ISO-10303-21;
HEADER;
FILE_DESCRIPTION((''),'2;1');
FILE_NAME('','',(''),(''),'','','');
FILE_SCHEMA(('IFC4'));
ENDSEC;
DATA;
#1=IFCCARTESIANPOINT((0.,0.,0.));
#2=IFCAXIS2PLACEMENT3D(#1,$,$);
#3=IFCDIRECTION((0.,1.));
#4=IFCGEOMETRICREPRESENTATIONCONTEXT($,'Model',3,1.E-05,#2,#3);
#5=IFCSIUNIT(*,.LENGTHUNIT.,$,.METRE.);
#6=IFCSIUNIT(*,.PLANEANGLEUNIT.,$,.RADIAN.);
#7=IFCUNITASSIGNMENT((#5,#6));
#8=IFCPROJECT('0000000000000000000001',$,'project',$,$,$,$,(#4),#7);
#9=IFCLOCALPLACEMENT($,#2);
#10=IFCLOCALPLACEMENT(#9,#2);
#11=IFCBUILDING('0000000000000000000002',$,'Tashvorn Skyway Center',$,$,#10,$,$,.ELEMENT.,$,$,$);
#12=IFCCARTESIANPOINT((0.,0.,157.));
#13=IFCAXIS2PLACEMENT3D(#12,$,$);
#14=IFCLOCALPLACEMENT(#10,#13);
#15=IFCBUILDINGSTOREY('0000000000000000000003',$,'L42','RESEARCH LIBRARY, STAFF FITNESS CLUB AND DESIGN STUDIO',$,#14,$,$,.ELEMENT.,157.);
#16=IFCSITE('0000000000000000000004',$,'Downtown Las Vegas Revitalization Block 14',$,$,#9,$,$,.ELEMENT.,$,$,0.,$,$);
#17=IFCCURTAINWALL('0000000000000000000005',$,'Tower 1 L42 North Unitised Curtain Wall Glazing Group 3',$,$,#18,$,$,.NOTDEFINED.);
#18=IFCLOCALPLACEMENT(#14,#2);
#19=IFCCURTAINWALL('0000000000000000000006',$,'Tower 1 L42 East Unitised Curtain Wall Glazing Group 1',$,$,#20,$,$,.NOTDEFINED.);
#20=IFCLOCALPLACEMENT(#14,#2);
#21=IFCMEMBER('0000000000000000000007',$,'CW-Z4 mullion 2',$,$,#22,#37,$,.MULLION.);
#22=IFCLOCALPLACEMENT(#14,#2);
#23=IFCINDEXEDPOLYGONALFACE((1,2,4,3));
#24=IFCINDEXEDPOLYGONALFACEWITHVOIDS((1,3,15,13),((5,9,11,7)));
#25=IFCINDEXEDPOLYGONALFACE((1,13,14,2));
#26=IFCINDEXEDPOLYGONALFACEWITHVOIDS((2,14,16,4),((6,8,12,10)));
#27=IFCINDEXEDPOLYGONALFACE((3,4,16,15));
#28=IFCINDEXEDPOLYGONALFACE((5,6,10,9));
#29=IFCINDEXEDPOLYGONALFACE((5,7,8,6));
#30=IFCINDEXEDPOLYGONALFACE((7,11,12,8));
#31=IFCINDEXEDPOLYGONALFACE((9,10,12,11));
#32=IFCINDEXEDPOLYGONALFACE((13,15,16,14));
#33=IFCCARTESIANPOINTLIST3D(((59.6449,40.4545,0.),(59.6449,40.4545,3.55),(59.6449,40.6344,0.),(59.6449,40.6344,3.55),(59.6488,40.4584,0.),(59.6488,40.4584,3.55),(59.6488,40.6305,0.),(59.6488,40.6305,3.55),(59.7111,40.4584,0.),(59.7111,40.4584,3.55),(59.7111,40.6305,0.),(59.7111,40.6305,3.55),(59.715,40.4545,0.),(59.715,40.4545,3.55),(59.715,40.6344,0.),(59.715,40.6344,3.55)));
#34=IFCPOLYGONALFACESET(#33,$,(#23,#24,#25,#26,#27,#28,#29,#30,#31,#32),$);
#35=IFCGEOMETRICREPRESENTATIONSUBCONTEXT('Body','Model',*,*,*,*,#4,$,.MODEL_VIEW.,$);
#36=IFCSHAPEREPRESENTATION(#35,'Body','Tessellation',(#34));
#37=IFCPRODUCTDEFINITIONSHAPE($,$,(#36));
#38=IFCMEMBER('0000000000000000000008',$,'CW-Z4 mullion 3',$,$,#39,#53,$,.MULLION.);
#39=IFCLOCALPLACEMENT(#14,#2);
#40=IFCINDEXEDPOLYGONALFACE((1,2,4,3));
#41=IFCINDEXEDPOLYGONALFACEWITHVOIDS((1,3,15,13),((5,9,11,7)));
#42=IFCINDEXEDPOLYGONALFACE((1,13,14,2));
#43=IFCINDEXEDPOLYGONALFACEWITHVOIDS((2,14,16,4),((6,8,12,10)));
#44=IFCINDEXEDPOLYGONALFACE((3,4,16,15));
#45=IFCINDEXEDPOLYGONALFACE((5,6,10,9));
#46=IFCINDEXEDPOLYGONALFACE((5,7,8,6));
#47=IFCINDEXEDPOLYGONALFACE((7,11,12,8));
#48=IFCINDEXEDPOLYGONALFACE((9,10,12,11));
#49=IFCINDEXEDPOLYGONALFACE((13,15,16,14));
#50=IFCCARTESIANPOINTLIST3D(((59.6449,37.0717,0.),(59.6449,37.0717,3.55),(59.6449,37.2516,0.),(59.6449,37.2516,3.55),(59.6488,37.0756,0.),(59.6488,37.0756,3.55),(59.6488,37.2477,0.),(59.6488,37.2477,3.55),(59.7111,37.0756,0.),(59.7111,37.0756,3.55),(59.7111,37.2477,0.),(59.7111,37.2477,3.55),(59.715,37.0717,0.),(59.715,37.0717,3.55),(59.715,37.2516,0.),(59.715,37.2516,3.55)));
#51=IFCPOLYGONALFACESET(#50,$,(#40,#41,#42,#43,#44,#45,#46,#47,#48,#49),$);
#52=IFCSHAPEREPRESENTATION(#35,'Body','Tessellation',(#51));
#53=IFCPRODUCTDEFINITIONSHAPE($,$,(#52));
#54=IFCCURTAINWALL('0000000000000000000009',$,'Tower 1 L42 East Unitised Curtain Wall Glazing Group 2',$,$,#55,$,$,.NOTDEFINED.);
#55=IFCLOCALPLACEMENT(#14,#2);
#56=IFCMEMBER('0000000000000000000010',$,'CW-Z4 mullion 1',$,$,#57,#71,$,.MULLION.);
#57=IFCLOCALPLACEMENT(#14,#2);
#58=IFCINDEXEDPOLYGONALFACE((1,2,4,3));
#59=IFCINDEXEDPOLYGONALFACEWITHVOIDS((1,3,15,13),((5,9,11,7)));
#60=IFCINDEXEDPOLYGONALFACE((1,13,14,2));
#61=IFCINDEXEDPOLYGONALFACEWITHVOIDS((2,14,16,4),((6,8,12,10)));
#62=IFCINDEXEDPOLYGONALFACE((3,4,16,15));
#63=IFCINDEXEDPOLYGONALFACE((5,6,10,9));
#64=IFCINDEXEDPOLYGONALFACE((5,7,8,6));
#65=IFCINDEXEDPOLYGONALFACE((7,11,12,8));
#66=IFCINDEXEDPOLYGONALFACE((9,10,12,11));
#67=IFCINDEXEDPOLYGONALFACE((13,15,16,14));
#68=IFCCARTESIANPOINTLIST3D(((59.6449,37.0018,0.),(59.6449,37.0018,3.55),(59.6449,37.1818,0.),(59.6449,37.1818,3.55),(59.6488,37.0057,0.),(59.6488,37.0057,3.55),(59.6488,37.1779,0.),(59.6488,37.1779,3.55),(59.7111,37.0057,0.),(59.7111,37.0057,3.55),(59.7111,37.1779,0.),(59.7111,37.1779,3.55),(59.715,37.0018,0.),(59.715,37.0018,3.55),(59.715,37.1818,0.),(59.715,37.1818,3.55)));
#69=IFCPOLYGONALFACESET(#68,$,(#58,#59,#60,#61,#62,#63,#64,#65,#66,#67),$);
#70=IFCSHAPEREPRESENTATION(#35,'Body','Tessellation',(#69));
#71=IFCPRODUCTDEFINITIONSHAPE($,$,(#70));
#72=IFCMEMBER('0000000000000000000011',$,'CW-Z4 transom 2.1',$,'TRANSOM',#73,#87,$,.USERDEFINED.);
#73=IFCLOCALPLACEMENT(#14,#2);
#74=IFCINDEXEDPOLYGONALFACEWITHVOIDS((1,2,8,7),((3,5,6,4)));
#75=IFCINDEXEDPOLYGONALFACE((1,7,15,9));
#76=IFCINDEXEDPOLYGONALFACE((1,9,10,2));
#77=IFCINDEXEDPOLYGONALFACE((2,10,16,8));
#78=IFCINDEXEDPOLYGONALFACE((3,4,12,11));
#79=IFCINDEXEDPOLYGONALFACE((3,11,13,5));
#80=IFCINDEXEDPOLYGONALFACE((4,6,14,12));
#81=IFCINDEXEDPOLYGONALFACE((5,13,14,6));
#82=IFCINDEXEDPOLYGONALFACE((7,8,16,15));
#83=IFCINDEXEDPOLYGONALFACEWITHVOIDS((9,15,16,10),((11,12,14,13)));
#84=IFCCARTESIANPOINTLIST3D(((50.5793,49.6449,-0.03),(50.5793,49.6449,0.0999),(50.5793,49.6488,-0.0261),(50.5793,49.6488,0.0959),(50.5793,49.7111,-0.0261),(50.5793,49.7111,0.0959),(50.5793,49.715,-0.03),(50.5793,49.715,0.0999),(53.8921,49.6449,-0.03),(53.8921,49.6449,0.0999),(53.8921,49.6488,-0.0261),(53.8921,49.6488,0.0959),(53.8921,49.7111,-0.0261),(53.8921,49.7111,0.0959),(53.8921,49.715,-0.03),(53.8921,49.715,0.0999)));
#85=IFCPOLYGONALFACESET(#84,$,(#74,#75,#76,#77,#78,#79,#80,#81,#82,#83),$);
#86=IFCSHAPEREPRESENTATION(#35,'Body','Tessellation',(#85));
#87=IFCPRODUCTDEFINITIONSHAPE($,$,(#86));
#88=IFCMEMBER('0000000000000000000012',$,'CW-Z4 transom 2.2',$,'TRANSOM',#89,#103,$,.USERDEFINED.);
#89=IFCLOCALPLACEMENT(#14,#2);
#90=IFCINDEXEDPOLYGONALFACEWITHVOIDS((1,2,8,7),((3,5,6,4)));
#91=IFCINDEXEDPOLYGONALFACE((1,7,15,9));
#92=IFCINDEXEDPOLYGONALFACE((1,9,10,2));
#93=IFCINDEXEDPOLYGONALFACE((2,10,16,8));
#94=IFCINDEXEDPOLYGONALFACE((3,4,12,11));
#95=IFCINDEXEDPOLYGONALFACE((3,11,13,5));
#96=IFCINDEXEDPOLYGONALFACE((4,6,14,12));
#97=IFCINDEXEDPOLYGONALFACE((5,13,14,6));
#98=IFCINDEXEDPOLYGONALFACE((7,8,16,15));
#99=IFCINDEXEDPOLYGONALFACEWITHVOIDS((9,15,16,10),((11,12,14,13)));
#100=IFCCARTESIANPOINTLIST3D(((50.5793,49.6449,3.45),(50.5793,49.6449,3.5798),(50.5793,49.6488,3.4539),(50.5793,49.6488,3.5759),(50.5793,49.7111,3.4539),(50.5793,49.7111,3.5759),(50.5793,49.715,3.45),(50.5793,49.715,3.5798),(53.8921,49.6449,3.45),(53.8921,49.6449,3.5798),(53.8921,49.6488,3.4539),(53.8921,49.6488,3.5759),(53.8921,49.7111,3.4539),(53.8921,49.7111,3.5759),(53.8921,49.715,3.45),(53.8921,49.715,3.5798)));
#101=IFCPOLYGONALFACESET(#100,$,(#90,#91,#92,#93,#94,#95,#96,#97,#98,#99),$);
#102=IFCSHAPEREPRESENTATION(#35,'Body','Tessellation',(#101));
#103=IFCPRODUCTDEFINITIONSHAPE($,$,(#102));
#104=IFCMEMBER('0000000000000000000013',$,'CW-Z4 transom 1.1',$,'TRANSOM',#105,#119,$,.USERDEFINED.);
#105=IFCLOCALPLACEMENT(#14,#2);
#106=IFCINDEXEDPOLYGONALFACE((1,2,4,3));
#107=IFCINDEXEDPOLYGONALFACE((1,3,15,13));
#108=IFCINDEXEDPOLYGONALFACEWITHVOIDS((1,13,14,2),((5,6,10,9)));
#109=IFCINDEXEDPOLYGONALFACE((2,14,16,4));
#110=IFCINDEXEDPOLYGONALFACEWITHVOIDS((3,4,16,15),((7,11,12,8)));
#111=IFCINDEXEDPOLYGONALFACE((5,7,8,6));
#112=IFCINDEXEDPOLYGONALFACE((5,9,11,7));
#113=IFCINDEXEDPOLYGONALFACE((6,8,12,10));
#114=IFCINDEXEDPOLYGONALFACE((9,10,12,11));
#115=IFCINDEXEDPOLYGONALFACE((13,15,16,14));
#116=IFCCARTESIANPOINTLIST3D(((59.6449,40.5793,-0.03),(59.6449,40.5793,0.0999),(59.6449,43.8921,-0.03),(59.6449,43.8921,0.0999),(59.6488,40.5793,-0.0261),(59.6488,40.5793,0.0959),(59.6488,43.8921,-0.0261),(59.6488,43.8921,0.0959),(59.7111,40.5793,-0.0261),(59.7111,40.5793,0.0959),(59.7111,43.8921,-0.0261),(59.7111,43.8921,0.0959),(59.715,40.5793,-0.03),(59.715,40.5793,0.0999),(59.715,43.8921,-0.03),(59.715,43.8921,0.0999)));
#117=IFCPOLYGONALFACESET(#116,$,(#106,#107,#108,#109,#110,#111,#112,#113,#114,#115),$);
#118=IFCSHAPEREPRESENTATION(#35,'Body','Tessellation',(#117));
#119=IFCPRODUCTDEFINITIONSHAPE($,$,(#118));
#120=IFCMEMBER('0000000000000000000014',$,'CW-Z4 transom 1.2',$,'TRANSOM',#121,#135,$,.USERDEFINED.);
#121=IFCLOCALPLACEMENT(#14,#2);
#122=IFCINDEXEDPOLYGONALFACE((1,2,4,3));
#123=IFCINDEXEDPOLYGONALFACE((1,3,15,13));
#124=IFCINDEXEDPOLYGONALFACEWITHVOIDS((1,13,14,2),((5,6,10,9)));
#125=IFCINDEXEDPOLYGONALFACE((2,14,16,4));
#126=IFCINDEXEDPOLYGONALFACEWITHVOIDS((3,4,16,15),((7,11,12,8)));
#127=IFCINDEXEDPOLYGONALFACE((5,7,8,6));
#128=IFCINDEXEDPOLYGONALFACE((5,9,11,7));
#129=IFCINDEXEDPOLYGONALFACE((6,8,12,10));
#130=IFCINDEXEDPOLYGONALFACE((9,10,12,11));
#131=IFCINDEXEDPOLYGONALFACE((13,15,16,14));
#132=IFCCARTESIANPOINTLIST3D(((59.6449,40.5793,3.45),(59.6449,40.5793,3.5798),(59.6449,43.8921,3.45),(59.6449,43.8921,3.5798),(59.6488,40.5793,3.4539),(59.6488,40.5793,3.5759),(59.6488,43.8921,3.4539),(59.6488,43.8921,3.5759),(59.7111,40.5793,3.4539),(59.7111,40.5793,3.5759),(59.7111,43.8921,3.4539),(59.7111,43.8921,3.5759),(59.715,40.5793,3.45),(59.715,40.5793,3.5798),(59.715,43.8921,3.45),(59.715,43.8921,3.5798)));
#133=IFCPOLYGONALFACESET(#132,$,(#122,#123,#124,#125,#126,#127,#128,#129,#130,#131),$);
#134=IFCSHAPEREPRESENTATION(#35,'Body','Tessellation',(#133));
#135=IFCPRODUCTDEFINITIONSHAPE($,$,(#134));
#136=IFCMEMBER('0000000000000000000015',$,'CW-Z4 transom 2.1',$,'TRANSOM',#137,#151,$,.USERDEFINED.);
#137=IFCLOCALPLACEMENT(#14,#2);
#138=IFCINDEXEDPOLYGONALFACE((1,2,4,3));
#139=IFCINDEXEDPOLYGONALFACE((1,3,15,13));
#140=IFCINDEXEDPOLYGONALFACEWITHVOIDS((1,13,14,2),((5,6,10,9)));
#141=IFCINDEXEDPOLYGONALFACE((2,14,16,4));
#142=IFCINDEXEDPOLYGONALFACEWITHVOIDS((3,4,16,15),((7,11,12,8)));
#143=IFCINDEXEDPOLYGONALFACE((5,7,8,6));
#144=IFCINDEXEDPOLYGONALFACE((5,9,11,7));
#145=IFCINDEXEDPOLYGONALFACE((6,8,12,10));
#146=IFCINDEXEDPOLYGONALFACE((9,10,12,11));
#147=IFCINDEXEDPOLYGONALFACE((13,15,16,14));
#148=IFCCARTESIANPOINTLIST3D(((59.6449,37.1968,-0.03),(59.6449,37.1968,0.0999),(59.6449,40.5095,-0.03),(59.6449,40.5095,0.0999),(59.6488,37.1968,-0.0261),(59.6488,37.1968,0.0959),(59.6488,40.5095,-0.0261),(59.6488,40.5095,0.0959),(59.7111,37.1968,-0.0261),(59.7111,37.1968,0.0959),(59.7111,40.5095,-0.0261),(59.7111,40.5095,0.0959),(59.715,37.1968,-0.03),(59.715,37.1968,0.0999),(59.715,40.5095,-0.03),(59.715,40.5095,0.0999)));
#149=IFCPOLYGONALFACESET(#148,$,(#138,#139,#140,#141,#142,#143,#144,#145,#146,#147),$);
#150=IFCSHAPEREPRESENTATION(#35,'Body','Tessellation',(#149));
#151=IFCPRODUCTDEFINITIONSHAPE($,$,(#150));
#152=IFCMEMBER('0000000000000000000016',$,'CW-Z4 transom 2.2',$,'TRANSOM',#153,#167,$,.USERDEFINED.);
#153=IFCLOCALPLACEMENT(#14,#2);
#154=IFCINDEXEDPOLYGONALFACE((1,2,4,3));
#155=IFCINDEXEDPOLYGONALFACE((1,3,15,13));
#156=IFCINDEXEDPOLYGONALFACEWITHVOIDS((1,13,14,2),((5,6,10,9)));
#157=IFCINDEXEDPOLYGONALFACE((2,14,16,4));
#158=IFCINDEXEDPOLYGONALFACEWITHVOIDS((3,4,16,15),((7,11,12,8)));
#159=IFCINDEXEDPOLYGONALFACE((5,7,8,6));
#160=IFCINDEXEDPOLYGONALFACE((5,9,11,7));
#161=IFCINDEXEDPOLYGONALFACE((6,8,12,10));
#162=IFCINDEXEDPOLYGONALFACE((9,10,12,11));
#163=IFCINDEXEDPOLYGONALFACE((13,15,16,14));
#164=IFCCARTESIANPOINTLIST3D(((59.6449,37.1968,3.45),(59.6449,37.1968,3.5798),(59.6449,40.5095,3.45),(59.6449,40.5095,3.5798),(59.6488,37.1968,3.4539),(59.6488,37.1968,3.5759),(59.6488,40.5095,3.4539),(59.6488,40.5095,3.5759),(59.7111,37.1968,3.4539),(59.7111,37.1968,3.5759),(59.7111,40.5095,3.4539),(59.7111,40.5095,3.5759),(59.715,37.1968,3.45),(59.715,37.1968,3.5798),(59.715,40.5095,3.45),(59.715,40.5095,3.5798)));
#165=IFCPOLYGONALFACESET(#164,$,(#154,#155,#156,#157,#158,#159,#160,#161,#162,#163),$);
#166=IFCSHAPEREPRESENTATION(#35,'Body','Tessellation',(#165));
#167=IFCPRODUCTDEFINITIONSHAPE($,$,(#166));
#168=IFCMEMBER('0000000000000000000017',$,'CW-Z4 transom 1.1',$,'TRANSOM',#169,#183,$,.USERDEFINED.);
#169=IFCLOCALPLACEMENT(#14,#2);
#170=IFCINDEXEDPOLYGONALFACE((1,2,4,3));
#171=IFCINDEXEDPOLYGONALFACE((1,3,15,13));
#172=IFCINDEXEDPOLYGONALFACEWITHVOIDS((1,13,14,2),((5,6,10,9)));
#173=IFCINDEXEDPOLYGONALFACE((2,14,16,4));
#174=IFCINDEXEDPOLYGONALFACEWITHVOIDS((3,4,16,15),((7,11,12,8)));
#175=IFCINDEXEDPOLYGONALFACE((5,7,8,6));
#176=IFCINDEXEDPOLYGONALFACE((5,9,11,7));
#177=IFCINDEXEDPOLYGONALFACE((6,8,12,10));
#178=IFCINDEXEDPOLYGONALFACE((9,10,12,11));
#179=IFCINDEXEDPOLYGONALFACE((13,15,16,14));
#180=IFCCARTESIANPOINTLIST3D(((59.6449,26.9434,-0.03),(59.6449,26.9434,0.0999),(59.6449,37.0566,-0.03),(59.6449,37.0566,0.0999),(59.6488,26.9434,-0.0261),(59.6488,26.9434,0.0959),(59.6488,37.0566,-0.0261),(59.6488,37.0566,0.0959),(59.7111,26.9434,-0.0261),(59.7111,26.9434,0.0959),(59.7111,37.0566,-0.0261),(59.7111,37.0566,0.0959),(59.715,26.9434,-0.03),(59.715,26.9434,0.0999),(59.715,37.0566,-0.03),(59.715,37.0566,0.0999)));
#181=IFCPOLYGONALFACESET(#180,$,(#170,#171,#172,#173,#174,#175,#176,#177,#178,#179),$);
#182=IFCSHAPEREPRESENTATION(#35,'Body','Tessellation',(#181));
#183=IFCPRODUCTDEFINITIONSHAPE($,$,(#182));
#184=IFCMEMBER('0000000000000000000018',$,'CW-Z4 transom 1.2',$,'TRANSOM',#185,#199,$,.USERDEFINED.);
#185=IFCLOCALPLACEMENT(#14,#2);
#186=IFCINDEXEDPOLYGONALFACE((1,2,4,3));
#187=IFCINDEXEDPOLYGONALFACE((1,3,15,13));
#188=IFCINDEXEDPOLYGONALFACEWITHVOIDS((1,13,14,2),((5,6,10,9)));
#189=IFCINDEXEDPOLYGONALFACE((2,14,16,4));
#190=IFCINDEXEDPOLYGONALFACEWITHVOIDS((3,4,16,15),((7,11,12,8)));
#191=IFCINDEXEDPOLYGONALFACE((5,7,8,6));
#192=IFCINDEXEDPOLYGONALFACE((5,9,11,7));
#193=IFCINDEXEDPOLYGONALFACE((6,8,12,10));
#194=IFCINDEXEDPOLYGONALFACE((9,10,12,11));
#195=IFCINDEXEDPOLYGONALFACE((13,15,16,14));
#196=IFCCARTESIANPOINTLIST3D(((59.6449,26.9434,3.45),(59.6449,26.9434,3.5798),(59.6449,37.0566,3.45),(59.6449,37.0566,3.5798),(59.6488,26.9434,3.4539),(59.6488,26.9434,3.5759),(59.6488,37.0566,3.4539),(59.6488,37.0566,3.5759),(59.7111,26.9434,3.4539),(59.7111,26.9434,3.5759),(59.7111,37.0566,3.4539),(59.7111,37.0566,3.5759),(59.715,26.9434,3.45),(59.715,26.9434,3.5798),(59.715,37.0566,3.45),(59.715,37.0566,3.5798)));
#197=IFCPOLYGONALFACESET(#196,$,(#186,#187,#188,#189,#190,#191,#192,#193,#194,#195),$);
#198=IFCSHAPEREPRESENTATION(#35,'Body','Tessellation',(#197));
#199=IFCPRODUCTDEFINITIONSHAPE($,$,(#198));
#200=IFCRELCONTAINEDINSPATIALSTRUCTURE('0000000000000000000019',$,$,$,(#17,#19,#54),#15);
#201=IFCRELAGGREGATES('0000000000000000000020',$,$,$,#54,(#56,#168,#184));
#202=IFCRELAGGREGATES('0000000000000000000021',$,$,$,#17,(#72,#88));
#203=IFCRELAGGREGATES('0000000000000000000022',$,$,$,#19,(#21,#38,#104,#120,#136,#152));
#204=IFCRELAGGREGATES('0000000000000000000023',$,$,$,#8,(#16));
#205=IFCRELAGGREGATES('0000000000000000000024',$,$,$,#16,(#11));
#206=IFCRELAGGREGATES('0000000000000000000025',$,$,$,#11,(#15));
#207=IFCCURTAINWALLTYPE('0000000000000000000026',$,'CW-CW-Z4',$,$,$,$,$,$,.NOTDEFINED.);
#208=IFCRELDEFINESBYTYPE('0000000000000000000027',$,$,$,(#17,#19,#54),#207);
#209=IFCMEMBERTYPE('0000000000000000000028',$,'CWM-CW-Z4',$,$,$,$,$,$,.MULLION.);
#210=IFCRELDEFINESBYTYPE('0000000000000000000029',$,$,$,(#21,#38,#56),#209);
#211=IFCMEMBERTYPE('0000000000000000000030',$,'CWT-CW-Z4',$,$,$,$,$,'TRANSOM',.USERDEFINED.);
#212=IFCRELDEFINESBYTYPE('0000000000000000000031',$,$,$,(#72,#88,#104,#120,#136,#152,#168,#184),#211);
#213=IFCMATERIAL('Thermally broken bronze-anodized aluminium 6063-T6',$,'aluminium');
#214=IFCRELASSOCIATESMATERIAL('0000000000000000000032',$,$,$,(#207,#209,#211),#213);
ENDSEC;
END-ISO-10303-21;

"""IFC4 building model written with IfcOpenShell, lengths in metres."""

from ifc_helpers import new_model, si_unit, direction, frame, origin, origin_2d, place, context, subcontext, project, spatial, hollow_rectangle, extrude, material, material_profile, profile_set, type_object, element, aggregate, save


model = new_model("IFC4")

# Units and contexts
model_context = context("Model", 3, precision=1e-05, world=origin(), true_north=direction((0.0, 1.0)))
body_context = subcontext(model_context, "Body", "Model", "MODEL_VIEW")
ifc_project = project(units=[si_unit("LENGTHUNIT", "METRE"), si_unit("PLANEANGLEUNIT", "RADIAN")], contexts=[model_context])

# Site, building, storey
site_placement = place(None, origin())
site = spatial("IfcSite", under=ifc_project, at=site_placement, Name="Downtown Las Vegas Revitalization Block 14", CompositionType="ELEMENT", RefElevation=0.0)
building_placement = place(site_placement, origin())
building = spatial("IfcBuilding", under=site, at=building_placement, Name="Tashvorn Skyway Center", CompositionType="ELEMENT")
storey_placement = place(building_placement, frame((0.0, 0.0, 157.0)))
storey = spatial("IfcBuildingStorey", under=building, at=storey_placement, Name="L42", Description="RESEARCH LIBRARY, STAFF FITNESS CLUB AND DESIGN STUDIO", CompositionType="ELEMENT", Elevation=157.0)

# Curtain walls, members
ifc_material_1 = material(Name="Thermally broken bronze-anodized aluminium 6063-T6", Category="aluminium")
curtain_wall_type = type_object("IfcCurtainWallType", Name="CW-CW-Z4", PredefinedType="NOTDEFINED", material=ifc_material_1)
curtain_wall_1_placement = place(storey_placement, origin())
curtain_wall_1 = element("IfcCurtainWall", 1, at=curtain_wall_1_placement, inside=storey, type_object=curtain_wall_type, Name="Tower 1 L42 North Unitised Curtain Wall Glazing Group 3", PredefinedType="NOTDEFINED")
ifc_material_profile_1 = material_profile(ifc_material_1, hollow_rectangle(XDim=0.0701, YDim=0.1799, WallThickness=0.0039, at=origin_2d()), Name="ALU-MULL-70x180")
ifc_profile_set_1 = profile_set([ifc_material_profile_1], Name="Thermally broken bronze-anodized aluminium 6063-T6")
member_type_1 = type_object("IfcMemberType", Name="CWM-CW-Z4", PredefinedType="MULLION", material=ifc_profile_set_1)
curtain_wall_2_placement = place(storey_placement, origin())
curtain_wall_2 = element("IfcCurtainWall", 2, at=curtain_wall_2_placement, inside=storey, type_object=curtain_wall_type, Name="Tower 1 L42 East Unitised Curtain Wall Glazing Group 1", PredefinedType="NOTDEFINED")
member_1_placement = place(storey_placement, frame((59.6799, 40.5444, 0.0), z_axis=(0.0, 0.0, 1.0), x_axis=(1.0, 0.0, 0.0)))
member_1 = element("IfcMember", 3, at=member_1_placement, type_object=member_type_1, Name="CW-Z4 mullion 2", PredefinedType="MULLION", context=body_context, shape_type="SweptSolid", body=[
    extrude(hollow_rectangle(XDim=0.0701, YDim=0.1799, WallThickness=0.0039, at=origin_2d()), origin(), (0.0, 0.0, 1.0), 3.55),
])
member_2_placement = place(storey_placement, frame((59.6799, 37.1616, 0.0), z_axis=(0.0, 0.0, 1.0), x_axis=(1.0, 0.0, 0.0)))
member_2 = element("IfcMember", 4, at=member_2_placement, type_object=member_type_1, Name="CW-Z4 mullion 3", PredefinedType="MULLION", context=body_context, shape_type="SweptSolid", body=[
    extrude(hollow_rectangle(XDim=0.0701, YDim=0.1799, WallThickness=0.0039, at=origin_2d()), origin(), (0.0, 0.0, 1.0), 3.55),
])

# Curtain wall, member
curtain_wall_3_placement = place(storey_placement, origin())
curtain_wall_3 = element("IfcCurtainWall", 5, at=curtain_wall_3_placement, inside=storey, type_object=curtain_wall_type, Name="Tower 1 L42 East Unitised Curtain Wall Glazing Group 2", PredefinedType="NOTDEFINED")
member_3_placement = place(storey_placement, frame((59.6799, 37.0918, 0.0), z_axis=(0.0, 0.0, 1.0), x_axis=(1.0, 0.0, 0.0)))
member_3 = element("IfcMember", 6, at=member_3_placement, type_object=member_type_1, Name="CW-Z4 mullion 1", PredefinedType="MULLION", context=body_context, shape_type="SweptSolid", body=[
    extrude(hollow_rectangle(XDim=0.0701, YDim=0.1799, WallThickness=0.0039, at=origin_2d()), origin(), (0.0, 0.0, 1.0), 3.55),
])

# Members
ifc_material_profile_2 = material_profile(ifc_material_1, hollow_rectangle(XDim=0.0701, YDim=0.1299, WallThickness=0.0039, at=origin_2d()), Name="ALU-TRAN-70x130")
ifc_profile_set_2 = profile_set([ifc_material_profile_2], Name="Thermally broken bronze-anodized aluminium 6063-T6")
member_type_2 = type_object("IfcMemberType", Name="CWT-CW-Z4", ElementType="TRANSOM", PredefinedType="USERDEFINED", material=ifc_profile_set_2)
member_4_placement = place(storey_placement, frame((50.5793, 49.6799, 0.0349), z_axis=(1.0, 0.0, 0.0), x_axis=(0.0, 1.0, 0.0)))
member_4 = element("IfcMember", 7, at=member_4_placement, type_object=member_type_2, Name="CW-Z4 transom 2.1", ObjectType="TRANSOM", PredefinedType="USERDEFINED", context=body_context, shape_type="SweptSolid", body=[
    extrude(hollow_rectangle(XDim=0.0701, YDim=0.1299, WallThickness=0.0039, at=origin_2d()), origin(), (0.0, 0.0, 1.0), 3.3127),
])
member_5_placement = place(storey_placement, frame((50.5793, 49.6799, 3.5149), z_axis=(1.0, 0.0, 0.0), x_axis=(0.0, 1.0, 0.0)))
member_5 = element("IfcMember", 8, at=member_5_placement, type_object=member_type_2, Name="CW-Z4 transom 2.2", ObjectType="TRANSOM", PredefinedType="USERDEFINED", context=body_context, shape_type="SweptSolid", body=[
    extrude(hollow_rectangle(XDim=0.0701, YDim=0.1299, WallThickness=0.0039, at=origin_2d()), origin(), (0.0, 0.0, 1.0), 3.3127),
])
member_6_placement = place(storey_placement, frame((59.6799, 43.8921, 0.0349), z_axis=(0.0, -1.0, 0.0), x_axis=(1.0, 0.0, 0.0)))
member_6 = element("IfcMember", 9, at=member_6_placement, type_object=member_type_2, Name="CW-Z4 transom 1.1", ObjectType="TRANSOM", PredefinedType="USERDEFINED", context=body_context, shape_type="SweptSolid", body=[
    extrude(hollow_rectangle(XDim=0.0701, YDim=0.1299, WallThickness=0.0039, at=origin_2d()), origin(), (0.0, 0.0, 1.0), 3.3127),
])
member_7_placement = place(storey_placement, frame((59.6799, 43.8921, 3.5149), z_axis=(0.0, -1.0, 0.0), x_axis=(1.0, 0.0, 0.0)))
member_7 = element("IfcMember", 10, at=member_7_placement, type_object=member_type_2, Name="CW-Z4 transom 1.2", ObjectType="TRANSOM", PredefinedType="USERDEFINED", context=body_context, shape_type="SweptSolid", body=[
    extrude(hollow_rectangle(XDim=0.0701, YDim=0.1299, WallThickness=0.0039, at=origin_2d()), origin(), (0.0, 0.0, 1.0), 3.3127),
])
member_8_placement = place(storey_placement, frame((59.6799, 40.5095, 0.0349), z_axis=(0.0, -1.0, 0.0), x_axis=(1.0, 0.0, 0.0)))
member_8 = element("IfcMember", 11, at=member_8_placement, type_object=member_type_2, Name="CW-Z4 transom 2.1", ObjectType="TRANSOM", PredefinedType="USERDEFINED", context=body_context, shape_type="SweptSolid", body=[
    extrude(hollow_rectangle(XDim=0.0701, YDim=0.1299, WallThickness=0.0039, at=origin_2d()), origin(), (0.0, 0.0, 1.0), 3.3127),
])
member_9_placement = place(storey_placement, frame((59.6799, 40.5095, 3.5149), z_axis=(0.0, -1.0, 0.0), x_axis=(1.0, 0.0, 0.0)))
member_9 = element("IfcMember", 12, at=member_9_placement, type_object=member_type_2, Name="CW-Z4 transom 2.2", ObjectType="TRANSOM", PredefinedType="USERDEFINED", context=body_context, shape_type="SweptSolid", body=[
    extrude(hollow_rectangle(XDim=0.0701, YDim=0.1299, WallThickness=0.0039, at=origin_2d()), origin(), (0.0, 0.0, 1.0), 3.3127),
])
member_10_placement = place(storey_placement, frame((59.6799, 37.0566, 0.0349), z_axis=(0.0, -1.0, 0.0), x_axis=(1.0, 0.0, 0.0)))
member_10 = element("IfcMember", 13, at=member_10_placement, type_object=member_type_2, Name="CW-Z4 transom 1.1", ObjectType="TRANSOM", PredefinedType="USERDEFINED", context=body_context, shape_type="SweptSolid", body=[
    extrude(hollow_rectangle(XDim=0.0701, YDim=0.1299, WallThickness=0.0039, at=origin_2d()), origin(), (0.0, 0.0, 1.0), 10.1133),
])
member_11_placement = place(storey_placement, frame((59.6799, 37.0566, 3.5149), z_axis=(0.0, -1.0, 0.0), x_axis=(1.0, 0.0, 0.0)))
member_11 = element("IfcMember", 14, at=member_11_placement, type_object=member_type_2, Name="CW-Z4 transom 1.2", ObjectType="TRANSOM", PredefinedType="USERDEFINED", context=body_context, shape_type="SweptSolid", body=[
    extrude(hollow_rectangle(XDim=0.0701, YDim=0.1299, WallThickness=0.0039, at=origin_2d()), origin(), (0.0, 0.0, 1.0), 10.1133),
])
aggregate(curtain_wall_3, [member_3, member_10, member_11])

aggregate(curtain_wall_1, [member_4, member_5])
aggregate(curtain_wall_2, [member_1, member_2, member_6, member_7, member_8, member_9])

save(model, "model.ifc")
